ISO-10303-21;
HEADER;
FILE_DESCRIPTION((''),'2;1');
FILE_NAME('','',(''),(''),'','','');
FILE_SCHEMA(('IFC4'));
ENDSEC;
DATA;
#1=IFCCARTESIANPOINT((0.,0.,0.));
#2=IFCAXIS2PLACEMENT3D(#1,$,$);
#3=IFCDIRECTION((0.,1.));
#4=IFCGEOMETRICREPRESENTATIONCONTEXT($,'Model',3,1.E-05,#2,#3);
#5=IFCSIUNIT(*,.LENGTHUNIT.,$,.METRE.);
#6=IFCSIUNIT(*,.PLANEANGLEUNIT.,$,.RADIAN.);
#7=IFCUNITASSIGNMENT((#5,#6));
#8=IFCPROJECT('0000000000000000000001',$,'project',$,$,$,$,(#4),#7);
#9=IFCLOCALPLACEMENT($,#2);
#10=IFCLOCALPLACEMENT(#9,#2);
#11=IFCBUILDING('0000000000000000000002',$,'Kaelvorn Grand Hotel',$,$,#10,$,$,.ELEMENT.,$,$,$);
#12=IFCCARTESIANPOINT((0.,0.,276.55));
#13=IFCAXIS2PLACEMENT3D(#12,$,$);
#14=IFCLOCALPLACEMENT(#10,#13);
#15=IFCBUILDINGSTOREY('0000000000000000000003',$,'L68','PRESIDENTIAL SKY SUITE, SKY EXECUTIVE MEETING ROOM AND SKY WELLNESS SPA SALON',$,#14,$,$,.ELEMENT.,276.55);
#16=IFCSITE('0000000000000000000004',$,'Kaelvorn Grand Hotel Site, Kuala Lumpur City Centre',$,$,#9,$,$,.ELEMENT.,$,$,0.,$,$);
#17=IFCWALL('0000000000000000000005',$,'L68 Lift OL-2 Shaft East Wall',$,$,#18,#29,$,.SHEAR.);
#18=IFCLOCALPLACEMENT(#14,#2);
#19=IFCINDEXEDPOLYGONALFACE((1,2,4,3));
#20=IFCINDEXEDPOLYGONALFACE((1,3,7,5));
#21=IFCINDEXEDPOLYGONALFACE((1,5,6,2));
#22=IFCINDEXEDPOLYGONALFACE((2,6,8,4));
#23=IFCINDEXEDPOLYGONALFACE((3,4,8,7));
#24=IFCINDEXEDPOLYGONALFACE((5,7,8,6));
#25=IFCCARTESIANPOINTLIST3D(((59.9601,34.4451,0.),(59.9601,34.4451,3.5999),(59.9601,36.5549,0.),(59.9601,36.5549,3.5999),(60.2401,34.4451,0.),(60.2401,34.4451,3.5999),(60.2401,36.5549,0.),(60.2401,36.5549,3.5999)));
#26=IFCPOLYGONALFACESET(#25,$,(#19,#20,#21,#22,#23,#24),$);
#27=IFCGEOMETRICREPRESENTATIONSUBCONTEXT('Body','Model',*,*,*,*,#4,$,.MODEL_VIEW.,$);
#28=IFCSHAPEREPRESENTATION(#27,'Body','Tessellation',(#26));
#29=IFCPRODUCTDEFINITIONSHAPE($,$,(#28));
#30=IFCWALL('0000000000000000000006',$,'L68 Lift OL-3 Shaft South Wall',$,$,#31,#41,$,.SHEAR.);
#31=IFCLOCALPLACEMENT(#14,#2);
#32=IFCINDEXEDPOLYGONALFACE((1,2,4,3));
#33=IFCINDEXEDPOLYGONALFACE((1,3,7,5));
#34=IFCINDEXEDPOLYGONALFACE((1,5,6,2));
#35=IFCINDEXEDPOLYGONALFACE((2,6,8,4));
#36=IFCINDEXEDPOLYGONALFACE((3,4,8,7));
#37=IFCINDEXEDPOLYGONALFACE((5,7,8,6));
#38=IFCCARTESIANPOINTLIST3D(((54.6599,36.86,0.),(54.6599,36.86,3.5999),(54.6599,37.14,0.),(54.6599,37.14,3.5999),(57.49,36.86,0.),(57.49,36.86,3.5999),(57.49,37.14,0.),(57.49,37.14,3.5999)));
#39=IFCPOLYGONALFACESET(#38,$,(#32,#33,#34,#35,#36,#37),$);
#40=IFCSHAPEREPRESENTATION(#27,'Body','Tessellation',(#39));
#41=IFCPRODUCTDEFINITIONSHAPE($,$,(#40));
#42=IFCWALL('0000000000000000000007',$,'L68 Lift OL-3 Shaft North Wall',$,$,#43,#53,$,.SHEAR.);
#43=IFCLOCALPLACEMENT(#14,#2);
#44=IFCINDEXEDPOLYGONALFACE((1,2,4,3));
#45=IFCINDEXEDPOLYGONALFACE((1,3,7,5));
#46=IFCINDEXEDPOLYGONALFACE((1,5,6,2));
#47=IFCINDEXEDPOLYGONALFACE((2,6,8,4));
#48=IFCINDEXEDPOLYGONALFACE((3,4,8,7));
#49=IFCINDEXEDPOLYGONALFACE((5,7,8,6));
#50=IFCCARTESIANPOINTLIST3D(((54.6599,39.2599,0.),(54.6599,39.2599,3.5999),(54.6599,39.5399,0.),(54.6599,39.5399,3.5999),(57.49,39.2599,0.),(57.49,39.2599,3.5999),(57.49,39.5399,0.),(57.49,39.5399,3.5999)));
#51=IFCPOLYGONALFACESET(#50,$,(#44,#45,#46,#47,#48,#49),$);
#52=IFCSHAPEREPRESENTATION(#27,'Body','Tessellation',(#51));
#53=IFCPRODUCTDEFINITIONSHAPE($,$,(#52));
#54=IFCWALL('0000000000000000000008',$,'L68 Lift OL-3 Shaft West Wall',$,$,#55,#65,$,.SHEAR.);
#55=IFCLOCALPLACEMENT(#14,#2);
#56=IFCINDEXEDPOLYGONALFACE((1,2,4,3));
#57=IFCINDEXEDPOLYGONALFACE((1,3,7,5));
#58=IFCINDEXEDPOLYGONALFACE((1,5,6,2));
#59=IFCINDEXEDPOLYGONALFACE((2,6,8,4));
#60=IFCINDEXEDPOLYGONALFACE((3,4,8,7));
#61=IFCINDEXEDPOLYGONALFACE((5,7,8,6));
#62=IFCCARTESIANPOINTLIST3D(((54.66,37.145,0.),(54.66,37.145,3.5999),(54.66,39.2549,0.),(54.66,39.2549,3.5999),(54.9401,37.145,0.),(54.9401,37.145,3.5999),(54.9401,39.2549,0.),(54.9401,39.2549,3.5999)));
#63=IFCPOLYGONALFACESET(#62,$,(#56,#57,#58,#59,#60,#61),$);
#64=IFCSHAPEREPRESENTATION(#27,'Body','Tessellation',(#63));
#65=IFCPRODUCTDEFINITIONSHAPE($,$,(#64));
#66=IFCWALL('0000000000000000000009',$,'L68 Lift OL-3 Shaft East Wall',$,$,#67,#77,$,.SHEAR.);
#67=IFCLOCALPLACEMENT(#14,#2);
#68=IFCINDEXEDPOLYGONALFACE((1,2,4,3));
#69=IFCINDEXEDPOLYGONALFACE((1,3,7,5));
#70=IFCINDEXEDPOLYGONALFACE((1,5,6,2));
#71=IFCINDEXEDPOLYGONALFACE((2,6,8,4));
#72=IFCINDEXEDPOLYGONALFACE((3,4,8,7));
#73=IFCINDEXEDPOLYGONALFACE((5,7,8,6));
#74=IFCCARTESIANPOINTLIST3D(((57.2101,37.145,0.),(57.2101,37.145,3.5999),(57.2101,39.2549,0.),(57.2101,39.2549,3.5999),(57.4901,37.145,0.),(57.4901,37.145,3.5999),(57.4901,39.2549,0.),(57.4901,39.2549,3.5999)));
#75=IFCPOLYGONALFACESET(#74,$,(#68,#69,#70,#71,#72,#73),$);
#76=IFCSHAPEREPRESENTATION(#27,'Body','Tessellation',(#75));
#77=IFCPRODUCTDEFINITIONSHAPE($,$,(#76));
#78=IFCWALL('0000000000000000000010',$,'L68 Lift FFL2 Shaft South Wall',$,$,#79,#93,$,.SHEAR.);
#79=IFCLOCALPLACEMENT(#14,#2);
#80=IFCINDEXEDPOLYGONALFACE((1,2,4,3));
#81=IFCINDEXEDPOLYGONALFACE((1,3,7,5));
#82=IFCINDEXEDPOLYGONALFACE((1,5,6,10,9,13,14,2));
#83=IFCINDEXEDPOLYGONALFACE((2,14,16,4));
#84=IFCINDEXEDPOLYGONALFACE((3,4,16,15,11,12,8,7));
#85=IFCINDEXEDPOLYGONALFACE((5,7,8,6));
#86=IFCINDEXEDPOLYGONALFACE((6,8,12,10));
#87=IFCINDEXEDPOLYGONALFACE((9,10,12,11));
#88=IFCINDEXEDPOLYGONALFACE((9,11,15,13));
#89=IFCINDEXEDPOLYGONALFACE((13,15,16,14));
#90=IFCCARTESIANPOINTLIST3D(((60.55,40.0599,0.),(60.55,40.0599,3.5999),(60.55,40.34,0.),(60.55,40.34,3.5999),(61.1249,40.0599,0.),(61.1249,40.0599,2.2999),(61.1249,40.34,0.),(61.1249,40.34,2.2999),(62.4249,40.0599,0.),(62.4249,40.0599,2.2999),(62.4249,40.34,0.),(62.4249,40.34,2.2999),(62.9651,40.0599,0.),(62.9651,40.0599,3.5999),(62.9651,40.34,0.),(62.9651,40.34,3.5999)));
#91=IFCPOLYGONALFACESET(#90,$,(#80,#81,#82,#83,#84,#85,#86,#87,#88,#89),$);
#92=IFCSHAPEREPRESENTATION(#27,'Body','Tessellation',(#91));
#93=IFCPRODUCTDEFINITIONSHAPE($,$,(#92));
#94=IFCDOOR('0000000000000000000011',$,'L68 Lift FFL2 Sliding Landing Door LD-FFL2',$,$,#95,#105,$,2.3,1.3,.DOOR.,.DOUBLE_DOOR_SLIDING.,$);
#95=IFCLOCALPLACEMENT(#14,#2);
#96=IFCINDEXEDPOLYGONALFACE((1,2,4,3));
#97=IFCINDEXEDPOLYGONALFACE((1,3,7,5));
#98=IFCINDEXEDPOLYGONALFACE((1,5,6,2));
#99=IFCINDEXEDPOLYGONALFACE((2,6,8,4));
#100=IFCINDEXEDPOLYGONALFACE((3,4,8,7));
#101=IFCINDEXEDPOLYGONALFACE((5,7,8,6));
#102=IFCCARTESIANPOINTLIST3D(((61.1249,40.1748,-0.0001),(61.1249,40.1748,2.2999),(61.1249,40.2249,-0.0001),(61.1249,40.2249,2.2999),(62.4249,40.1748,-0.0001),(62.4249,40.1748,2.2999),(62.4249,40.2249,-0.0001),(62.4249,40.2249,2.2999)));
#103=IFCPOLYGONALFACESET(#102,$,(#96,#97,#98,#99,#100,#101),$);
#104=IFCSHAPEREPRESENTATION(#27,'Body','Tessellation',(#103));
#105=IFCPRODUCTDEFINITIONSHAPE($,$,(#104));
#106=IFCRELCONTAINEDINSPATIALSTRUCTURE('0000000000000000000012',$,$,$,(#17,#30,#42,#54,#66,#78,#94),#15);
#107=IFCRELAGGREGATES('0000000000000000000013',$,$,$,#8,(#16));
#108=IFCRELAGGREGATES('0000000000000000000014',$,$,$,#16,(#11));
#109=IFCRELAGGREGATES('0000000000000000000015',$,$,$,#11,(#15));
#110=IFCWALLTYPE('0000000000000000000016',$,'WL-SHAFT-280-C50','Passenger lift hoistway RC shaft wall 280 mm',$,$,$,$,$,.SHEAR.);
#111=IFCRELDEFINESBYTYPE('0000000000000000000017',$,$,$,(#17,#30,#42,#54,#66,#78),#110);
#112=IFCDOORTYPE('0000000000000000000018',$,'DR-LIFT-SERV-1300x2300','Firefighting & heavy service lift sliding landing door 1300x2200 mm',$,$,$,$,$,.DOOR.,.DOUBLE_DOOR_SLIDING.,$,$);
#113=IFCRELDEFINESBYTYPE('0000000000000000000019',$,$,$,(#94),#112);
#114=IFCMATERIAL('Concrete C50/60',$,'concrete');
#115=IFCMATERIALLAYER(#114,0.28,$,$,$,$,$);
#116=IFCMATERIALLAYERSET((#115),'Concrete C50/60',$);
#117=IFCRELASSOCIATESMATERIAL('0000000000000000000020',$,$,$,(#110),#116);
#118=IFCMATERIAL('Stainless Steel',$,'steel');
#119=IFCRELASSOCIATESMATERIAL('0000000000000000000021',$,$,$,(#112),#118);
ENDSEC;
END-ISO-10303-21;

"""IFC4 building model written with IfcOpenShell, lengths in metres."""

from ifc_helpers import new_model, si_unit, direction, frame, frame_2d, origin, place, context, subcontext, project, spatial, rectangle, extrude, material, layer, layer_set, type_object, element, fill, save


model = new_model("IFC4")

# Units and contexts
model_context = context("Model", 3, precision=1e-05, world=origin(), true_north=direction((0.0, 1.0)))
body_context = subcontext(model_context, "Body", "Model", "MODEL_VIEW")
ifc_project = project(units=[si_unit("LENGTHUNIT", "METRE"), si_unit("PLANEANGLEUNIT", "RADIAN")], contexts=[model_context])

# Site, building, storey
site_placement = place(None, origin())
site = spatial("IfcSite", under=ifc_project, at=site_placement, Name="Kaelvorn Grand Hotel Site, Kuala Lumpur City Centre", CompositionType="ELEMENT", RefElevation=0.0)
building_placement = place(site_placement, origin())
building = spatial("IfcBuilding", under=site, at=building_placement, Name="Kaelvorn Grand Hotel", CompositionType="ELEMENT")
storey_placement = place(building_placement, frame((0.0, 0.0, 276.55)))
storey = spatial("IfcBuildingStorey", under=building, at=storey_placement, Name="L68", Description="PRESIDENTIAL SKY SUITE, SKY EXECUTIVE MEETING ROOM AND SKY WELLNESS SPA SALON", CompositionType="ELEMENT", Elevation=276.55)

# Shared definitions
ifc_material_1 = material(Name="Concrete C50/60", Category="concrete")

# Walls
ifc_layer_1 = layer(ifc_material_1, 0.28)
ifc_layer_set_1 = layer_set([ifc_layer_1], Name="Concrete C50/60")
wall_type_1 = type_object("IfcWallType", Name="WL-SHAFT-280-C50", Description="Passenger lift hoistway RC shaft wall 280 mm", PredefinedType="SHEAR", material=ifc_layer_set_1)
wall_1_placement = place(storey_placement, frame((60.1001, 34.4451, 0.0), z_axis=(0.0, 0.0, 1.0), x_axis=(0.0, 1.0, 0.0)))
element("IfcWall", 1, at=wall_1_placement, inside=storey, type_object=wall_type_1, Name="L68 Lift OL-2 Shaft East Wall", PredefinedType="SHEAR", context=body_context, shape_type="SweptSolid", body=[
    extrude(rectangle(XDim=2.1099, YDim=0.28, at=frame_2d((1.0549, 0.0))), origin(), (0.0, 0.0, 1.0), 3.5999),
])
for number, where, z_axis, x_axis, name in (
    (2, (54.6599, 37.0, 0.0), (0.0, 0.0, 1.0), (1.0, 0.0, 0.0), "L68 Lift OL-3 Shaft South Wall"),
    (3, (54.6599, 39.3999, 0.0), (0.0, 0.0, 1.0), (1.0, 0.0, 0.0), "L68 Lift OL-3 Shaft North Wall"),
):
    element("IfcWall", number, at=place(storey_placement, frame(where, z_axis=z_axis, x_axis=x_axis)), inside=storey, type_object=wall_type_1, Name=name, PredefinedType="SHEAR", context=body_context, shape_type="SweptSolid", body=[
        extrude(rectangle(XDim=2.8301, YDim=0.28, at=frame_2d((1.415, 0.0))), origin(), (0.0, 0.0, 1.0), 3.5999),
    ])
for number, where, z_axis, x_axis, name in (
    (4, (54.8, 37.145, 0.0), (0.0, 0.0, 1.0), (0.0, 1.0, 0.0), "L68 Lift OL-3 Shaft West Wall"),
    (5, (57.3501, 37.145, 0.0), (0.0, 0.0, 1.0), (0.0, 1.0, 0.0), "L68 Lift OL-3 Shaft East Wall"),
):
    element("IfcWall", number, at=place(storey_placement, frame(where, z_axis=z_axis, x_axis=x_axis)), inside=storey, type_object=wall_type_1, Name=name, PredefinedType="SHEAR", context=body_context, shape_type="SweptSolid", body=[
        extrude(rectangle(XDim=2.1099, YDim=0.28, at=frame_2d((1.0549, 0.0))), origin(), (0.0, 0.0, 1.0), 3.5999),
    ])

# Wall, opening, door
wall_2_placement = place(storey_placement, frame((60.55, 40.2, 0.0), z_axis=(0.0, 0.0, 1.0), x_axis=(1.0, 0.0, 0.0)))
wall_2 = element("IfcWall", 6, at=wall_2_placement, inside=storey, type_object=wall_type_1, Name="L68 Lift FFL2 Shaft South Wall", PredefinedType="SHEAR", context=body_context, shape_type="SweptSolid", body=[
    extrude(rectangle(XDim=2.415, YDim=0.28, at=frame_2d((1.2075, 0.0))), origin(), (0.0, 0.0, 1.0), 3.5999),
])
opening_1_placement = place(wall_2_placement, frame((0.575, 0.0, 0.0)))
opening_1 = element("IfcOpeningElement", 7, at=opening_1_placement, cuts=wall_2, PredefinedType="OPENING", context=body_context, shape_type="SweptSolid", body=[
    extrude(rectangle(XDim=1.3, YDim=2.3, at=frame_2d((0.6499, 1.1499))), frame((0.0, 0.1499, 0.0), z_axis=(0.0, -1.0, 0.0), x_axis=(1.0, 0.0, 0.0)), (0.0, 0.0, 1.0), 0.3),
])
ifc_material_2 = material(Name="Stainless Steel", Category="steel")
door_type_1 = type_object("IfcDoorType", Name="DR-LIFT-SERV-1300x2300", Description="Firefighting & heavy service lift sliding landing door 1300x2200 mm", OperationType="DOUBLE_DOOR_SLIDING", PredefinedType="DOOR", material=ifc_material_2)
door_1_placement = place(opening_1_placement, origin())
door_1 = element("IfcDoor", 8, at=door_1_placement, inside=storey, type_object=door_type_1, Name="L68 Lift FFL2 Sliding Landing Door LD-FFL2", OperationType="DOUBLE_DOOR_SLIDING", OverallHeight=2.3, OverallWidth=1.3, PredefinedType="DOOR", context=body_context, shape_type="SweptSolid", body=[
    extrude(rectangle(XDim=1.3, YDim=2.3, at=frame_2d((0.6499, 1.1499))), frame((0.0, 0.0249, 0.0), z_axis=(0.0, -1.0, 0.0), x_axis=(1.0, 0.0, 0.0)), (0.0, 0.0, 1.0), 0.05),
])
fill(opening_1, door_1)

save(model, "model.ifc")
